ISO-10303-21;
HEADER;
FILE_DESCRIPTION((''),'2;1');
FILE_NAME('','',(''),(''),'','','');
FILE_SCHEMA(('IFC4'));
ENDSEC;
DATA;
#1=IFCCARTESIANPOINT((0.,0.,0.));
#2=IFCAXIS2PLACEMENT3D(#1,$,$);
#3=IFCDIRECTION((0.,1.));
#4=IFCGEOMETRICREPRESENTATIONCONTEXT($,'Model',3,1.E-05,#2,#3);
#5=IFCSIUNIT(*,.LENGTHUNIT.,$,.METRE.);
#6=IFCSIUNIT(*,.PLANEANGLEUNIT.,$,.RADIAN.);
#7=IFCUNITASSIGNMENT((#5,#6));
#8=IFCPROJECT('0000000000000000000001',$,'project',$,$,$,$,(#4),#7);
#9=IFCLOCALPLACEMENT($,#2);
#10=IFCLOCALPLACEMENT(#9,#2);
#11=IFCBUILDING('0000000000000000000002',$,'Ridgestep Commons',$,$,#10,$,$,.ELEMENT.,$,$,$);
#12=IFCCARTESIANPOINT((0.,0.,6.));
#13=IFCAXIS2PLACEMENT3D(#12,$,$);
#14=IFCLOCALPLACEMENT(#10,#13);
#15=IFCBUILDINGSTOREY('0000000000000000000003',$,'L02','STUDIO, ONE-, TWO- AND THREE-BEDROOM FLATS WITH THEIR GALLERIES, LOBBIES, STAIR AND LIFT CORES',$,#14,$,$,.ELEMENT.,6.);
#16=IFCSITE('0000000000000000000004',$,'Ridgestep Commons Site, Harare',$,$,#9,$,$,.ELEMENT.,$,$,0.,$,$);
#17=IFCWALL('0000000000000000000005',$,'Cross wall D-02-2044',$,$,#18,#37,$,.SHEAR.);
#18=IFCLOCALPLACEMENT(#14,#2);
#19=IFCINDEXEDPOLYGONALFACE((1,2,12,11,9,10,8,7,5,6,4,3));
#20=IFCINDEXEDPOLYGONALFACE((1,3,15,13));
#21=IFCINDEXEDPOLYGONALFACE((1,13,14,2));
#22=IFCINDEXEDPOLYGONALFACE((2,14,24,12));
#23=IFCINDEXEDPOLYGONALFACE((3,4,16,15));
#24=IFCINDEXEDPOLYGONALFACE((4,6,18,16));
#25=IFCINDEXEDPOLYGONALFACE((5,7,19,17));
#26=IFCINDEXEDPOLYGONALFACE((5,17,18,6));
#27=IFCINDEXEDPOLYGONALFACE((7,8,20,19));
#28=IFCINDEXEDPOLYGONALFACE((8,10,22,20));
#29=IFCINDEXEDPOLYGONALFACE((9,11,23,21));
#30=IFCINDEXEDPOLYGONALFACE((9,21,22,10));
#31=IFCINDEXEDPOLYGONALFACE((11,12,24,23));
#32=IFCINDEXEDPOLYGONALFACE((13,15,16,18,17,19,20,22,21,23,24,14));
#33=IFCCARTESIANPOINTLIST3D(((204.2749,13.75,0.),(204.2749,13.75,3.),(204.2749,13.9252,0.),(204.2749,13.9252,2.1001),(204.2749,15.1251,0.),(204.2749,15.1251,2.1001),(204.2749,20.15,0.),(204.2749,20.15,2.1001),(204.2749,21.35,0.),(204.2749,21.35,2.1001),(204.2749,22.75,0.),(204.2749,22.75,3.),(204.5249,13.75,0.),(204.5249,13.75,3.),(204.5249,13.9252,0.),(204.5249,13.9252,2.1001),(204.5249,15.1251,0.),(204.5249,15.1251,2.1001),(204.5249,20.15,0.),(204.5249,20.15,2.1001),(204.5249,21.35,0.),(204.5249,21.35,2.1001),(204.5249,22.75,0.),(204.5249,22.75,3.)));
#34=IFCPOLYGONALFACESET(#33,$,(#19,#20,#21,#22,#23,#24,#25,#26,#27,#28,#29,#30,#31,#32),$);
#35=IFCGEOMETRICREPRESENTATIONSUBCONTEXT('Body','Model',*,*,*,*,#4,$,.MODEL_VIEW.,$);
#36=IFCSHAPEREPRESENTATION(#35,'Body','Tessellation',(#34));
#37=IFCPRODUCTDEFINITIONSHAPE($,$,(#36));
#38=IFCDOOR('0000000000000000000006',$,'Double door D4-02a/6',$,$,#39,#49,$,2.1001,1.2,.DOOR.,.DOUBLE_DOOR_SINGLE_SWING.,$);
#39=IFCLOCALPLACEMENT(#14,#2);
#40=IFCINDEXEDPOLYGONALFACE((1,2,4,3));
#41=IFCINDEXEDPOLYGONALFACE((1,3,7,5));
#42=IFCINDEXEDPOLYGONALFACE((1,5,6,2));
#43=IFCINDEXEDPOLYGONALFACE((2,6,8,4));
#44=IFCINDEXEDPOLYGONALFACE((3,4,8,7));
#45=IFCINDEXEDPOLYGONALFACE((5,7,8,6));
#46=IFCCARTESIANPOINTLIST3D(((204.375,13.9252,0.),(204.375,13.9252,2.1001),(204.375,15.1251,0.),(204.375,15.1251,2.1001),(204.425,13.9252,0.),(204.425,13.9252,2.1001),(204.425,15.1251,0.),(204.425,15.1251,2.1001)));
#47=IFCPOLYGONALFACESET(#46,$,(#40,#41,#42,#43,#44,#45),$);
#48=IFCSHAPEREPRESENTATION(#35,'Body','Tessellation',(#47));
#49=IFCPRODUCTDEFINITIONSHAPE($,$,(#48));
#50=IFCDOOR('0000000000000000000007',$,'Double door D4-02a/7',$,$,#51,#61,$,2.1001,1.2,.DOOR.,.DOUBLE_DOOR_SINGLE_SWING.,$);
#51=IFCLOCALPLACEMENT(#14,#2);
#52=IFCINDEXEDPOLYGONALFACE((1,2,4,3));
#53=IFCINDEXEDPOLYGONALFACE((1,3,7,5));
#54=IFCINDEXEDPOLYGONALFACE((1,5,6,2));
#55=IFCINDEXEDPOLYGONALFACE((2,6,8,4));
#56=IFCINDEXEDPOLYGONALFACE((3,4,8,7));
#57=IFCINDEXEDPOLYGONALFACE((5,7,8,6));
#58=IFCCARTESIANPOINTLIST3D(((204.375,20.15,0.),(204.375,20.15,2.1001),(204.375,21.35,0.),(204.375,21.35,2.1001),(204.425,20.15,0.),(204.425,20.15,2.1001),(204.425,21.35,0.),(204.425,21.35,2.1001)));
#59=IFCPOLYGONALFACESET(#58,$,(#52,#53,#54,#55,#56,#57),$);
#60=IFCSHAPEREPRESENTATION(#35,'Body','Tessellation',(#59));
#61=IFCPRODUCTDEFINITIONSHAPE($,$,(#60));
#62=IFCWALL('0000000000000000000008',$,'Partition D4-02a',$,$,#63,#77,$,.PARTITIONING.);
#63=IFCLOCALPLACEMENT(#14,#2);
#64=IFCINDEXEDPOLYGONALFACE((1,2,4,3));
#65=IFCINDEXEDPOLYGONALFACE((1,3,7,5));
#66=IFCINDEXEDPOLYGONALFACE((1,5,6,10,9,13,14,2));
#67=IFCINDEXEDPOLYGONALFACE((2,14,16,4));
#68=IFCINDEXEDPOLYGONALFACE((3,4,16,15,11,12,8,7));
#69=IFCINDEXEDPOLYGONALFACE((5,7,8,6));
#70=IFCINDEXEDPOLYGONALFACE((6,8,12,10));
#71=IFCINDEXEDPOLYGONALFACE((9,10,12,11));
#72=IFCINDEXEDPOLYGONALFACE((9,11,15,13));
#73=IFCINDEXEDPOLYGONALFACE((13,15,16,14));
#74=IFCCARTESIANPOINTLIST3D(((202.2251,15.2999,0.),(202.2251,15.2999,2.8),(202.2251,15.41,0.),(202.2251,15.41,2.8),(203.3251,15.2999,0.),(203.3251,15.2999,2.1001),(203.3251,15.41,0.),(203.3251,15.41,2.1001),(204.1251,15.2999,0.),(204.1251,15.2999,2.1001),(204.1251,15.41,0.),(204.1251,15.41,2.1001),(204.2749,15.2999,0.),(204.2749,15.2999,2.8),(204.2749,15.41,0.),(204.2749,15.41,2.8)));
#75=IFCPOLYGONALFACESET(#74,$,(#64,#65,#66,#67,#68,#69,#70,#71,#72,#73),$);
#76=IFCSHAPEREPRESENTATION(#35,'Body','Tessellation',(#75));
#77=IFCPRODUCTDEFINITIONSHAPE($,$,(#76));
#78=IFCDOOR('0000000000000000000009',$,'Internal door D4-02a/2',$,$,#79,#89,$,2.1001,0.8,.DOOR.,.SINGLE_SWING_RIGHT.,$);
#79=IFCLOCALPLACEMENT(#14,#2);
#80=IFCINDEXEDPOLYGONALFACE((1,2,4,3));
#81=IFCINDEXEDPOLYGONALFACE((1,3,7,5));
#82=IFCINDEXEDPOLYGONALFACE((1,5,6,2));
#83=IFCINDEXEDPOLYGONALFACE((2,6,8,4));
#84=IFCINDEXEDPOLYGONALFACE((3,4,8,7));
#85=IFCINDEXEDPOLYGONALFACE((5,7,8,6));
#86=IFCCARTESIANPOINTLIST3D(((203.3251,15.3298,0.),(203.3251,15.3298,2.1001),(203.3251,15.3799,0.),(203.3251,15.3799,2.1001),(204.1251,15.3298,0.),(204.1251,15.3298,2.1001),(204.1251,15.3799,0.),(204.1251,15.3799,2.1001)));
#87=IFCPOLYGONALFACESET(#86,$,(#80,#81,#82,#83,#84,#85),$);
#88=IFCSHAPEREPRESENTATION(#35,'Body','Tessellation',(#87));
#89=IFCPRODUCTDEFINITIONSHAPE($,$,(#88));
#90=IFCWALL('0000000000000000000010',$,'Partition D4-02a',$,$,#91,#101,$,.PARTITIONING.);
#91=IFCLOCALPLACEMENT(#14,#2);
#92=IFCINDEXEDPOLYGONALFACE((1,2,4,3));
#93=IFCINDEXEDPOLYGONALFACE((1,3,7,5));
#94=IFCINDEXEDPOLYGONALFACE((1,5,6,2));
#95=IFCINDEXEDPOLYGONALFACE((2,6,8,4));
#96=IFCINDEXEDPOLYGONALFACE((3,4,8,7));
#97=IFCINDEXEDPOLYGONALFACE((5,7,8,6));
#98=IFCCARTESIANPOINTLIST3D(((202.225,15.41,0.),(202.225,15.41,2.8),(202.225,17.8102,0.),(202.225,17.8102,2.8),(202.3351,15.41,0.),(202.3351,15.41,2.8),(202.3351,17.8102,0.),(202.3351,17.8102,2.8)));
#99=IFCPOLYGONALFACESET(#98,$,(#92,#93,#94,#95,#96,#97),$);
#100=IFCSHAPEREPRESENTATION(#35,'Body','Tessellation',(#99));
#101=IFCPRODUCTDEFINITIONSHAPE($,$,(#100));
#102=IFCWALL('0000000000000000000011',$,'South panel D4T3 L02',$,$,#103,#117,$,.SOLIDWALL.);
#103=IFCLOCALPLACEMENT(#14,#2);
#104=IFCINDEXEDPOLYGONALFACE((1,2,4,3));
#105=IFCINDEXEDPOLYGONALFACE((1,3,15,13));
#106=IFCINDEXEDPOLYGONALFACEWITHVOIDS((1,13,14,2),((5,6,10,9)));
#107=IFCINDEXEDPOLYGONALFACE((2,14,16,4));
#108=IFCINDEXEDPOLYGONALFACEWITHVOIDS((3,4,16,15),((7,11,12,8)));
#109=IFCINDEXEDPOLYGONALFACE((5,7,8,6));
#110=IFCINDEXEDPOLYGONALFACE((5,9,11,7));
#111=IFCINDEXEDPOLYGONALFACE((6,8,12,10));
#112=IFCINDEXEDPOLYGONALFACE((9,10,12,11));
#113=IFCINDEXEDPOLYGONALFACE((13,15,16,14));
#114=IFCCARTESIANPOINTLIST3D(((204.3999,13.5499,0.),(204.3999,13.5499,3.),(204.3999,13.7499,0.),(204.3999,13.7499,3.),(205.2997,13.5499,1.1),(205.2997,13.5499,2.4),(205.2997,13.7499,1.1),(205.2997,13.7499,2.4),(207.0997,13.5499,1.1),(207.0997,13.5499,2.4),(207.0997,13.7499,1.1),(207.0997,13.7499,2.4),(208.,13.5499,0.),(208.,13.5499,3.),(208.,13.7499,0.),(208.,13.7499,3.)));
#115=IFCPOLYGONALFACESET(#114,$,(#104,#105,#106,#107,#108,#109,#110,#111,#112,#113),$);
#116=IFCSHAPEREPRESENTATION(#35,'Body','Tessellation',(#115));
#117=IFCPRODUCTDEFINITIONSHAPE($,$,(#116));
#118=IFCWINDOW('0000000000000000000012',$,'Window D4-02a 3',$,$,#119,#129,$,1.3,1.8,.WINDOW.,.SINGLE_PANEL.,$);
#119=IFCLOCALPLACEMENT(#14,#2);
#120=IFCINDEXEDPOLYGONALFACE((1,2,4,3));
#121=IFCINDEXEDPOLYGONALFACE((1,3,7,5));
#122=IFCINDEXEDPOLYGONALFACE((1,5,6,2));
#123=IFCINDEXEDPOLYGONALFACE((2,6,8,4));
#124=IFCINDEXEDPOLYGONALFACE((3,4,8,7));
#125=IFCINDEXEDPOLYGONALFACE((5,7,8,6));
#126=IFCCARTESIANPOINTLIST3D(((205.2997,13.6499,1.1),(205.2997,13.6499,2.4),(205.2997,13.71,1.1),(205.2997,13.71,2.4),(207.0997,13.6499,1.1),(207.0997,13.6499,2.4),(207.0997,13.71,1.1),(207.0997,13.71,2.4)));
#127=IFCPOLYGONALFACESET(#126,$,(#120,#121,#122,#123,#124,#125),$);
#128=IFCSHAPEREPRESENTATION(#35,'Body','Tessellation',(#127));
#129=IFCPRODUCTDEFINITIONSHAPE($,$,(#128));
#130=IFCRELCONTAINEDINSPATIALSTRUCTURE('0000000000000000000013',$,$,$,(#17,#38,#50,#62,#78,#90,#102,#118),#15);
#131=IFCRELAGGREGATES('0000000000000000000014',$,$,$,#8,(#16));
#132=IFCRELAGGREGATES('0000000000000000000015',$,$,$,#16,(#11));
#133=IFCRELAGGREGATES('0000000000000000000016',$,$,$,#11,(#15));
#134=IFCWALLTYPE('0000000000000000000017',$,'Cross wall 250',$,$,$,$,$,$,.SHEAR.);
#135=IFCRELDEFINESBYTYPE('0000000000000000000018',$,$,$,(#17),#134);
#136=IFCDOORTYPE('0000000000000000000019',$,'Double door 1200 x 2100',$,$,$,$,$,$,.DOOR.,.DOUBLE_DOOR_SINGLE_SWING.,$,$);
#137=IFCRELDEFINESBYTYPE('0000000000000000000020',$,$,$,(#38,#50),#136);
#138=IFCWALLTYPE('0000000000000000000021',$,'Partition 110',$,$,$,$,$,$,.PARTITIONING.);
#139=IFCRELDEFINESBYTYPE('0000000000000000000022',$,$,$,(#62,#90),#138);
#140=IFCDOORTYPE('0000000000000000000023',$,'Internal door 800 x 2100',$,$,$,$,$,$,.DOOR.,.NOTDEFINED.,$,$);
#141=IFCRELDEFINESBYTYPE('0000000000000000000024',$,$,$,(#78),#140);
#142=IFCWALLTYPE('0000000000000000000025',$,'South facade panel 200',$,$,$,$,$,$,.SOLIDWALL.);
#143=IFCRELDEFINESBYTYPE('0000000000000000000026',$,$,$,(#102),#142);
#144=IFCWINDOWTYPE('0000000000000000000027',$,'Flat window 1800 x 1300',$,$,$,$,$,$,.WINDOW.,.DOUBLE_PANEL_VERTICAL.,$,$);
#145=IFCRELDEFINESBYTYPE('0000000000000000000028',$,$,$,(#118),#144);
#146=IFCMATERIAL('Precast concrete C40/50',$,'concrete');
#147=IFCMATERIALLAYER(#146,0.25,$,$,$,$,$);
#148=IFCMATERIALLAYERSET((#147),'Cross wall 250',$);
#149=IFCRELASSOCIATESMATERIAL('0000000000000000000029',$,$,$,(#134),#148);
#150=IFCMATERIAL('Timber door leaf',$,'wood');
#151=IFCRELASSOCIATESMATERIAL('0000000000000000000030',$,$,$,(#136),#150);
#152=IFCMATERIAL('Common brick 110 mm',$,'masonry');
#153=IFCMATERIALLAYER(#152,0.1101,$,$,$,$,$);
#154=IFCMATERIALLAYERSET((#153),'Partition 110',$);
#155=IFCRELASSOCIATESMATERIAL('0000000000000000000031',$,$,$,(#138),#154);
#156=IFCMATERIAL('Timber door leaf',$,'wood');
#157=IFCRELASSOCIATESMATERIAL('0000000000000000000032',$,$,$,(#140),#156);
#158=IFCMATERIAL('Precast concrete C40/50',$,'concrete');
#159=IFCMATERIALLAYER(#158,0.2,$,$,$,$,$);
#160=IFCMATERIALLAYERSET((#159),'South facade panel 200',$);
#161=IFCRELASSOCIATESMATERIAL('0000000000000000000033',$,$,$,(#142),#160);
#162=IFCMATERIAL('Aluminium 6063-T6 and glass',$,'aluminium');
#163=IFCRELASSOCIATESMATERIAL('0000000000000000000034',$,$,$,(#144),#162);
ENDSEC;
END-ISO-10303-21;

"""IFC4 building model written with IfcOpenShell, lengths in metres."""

from ifc_helpers import new_model, si_unit, direction, frame, frame_2d, origin, place, context, subcontext, project, spatial, rectangle, extrude, material, layer, layer_set, type_object, element, fill, save


model = new_model("IFC4")

# Units and contexts
model_context = context("Model", 3, precision=1e-05, world=origin(), true_north=direction((0.0, 1.0)))
body_context = subcontext(model_context, "Body", "Model", "MODEL_VIEW")
ifc_project = project(units=[si_unit("LENGTHUNIT", "METRE"), si_unit("PLANEANGLEUNIT", "RADIAN")], contexts=[model_context])

# Site, building, storey
site_placement = place(None, origin())
site = spatial("IfcSite", under=ifc_project, at=site_placement, Name="Ridgestep Commons Site, Harare", CompositionType="ELEMENT", RefElevation=0.0)
building_placement = place(site_placement, origin())
building = spatial("IfcBuilding", under=site, at=building_placement, Name="Ridgestep Commons", CompositionType="ELEMENT")
storey_placement = place(building_placement, frame((0.0, 0.0, 6.0)))
storey = spatial("IfcBuildingStorey", under=building, at=storey_placement, Name="L02", Description="STUDIO, ONE-, TWO- AND THREE-BEDROOM FLATS WITH THEIR GALLERIES, LOBBIES, STAIR AND LIFT CORES", CompositionType="ELEMENT", Elevation=6.0)

# Wall, openings, doors
ifc_material_1 = material(Name="Precast concrete C40/50", Category="concrete")
ifc_layer_1 = layer(ifc_material_1, 0.25)
ifc_layer_set_1 = layer_set([ifc_layer_1], Name="Cross wall 250")
wall_type_1 = type_object("IfcWallType", Name="Cross wall 250", PredefinedType="SHEAR", material=ifc_layer_set_1)
wall_1_placement = place(storey_placement, frame((204.3999, 13.75, 0.0), z_axis=(0.0, 0.0, 1.0), x_axis=(0.0, 1.0, 0.0)))
wall_1 = element("IfcWall", 1, at=wall_1_placement, inside=storey, type_object=wall_type_1, Name="Cross wall D-02-2044", PredefinedType="SHEAR", context=body_context, shape_type="SweptSolid", body=[
    extrude(rectangle(XDim=9.0, YDim=0.25, at=frame_2d((4.5, 0.0))), origin(), (0.0, 0.0, 1.0), 3.0),
])
opening_1_placement = place(wall_1_placement, frame((0.175, 0.0, 0.0)))
opening_1 = element("IfcOpeningElement", 2, at=opening_1_placement, cuts=wall_1, PredefinedType="OPENING", context=body_context, shape_type="SweptSolid", body=[
    extrude(rectangle(XDim=1.2, YDim=2.1001, at=frame_2d((0.6001, 1.05))), frame((0.0, 0.135, 0.0), z_axis=(0.0, -1.0, 0.0), x_axis=(1.0, 0.0, 0.0)), (0.0, 0.0, 1.0), 0.27),
])
opening_2_placement = place(wall_1_placement, frame((6.3999, 0.0, 0.0)))
opening_2 = element("IfcOpeningElement", 3, at=opening_2_placement, cuts=wall_1, PredefinedType="OPENING", context=body_context, shape_type="SweptSolid", body=[
    extrude(rectangle(XDim=1.2, YDim=2.1001, at=frame_2d((0.6001, 1.05))), frame((0.0, 0.135, 0.0), z_axis=(0.0, -1.0, 0.0), x_axis=(1.0, 0.0, 0.0)), (0.0, 0.0, 1.0), 0.27),
])
ifc_material_2 = material(Name="Timber door leaf", Category="wood")
door_type_1 = type_object("IfcDoorType", Name="Double door 1200 x 2100", OperationType="DOUBLE_DOOR_SINGLE_SWING", PredefinedType="DOOR", material=ifc_material_2)
door_1_placement = place(opening_1_placement, origin())
door_1 = element("IfcDoor", 4, at=door_1_placement, inside=storey, type_object=door_type_1, Name="Double door D4-02a/6", OperationType="DOUBLE_DOOR_SINGLE_SWING", OverallHeight=2.1001, OverallWidth=1.2, PredefinedType="DOOR", context=body_context, shape_type="SweptSolid", body=[
    extrude(rectangle(XDim=1.2, YDim=2.1001, at=frame_2d((0.6001, 1.05))), frame((0.0, 0.0249, 0.0), z_axis=(0.0, -1.0, 0.0), x_axis=(1.0, 0.0, 0.0)), (0.0, 0.0, 1.0), 0.05),
])
fill(opening_1, door_1)
door_2_placement = place(opening_2_placement, origin())
door_2 = element("IfcDoor", 5, at=door_2_placement, inside=storey, type_object=door_type_1, Name="Double door D4-02a/7", OperationType="DOUBLE_DOOR_SINGLE_SWING", OverallHeight=2.1001, OverallWidth=1.2, PredefinedType="DOOR", context=body_context, shape_type="SweptSolid", body=[
    extrude(rectangle(XDim=1.2, YDim=2.1001, at=frame_2d((0.6001, 1.05))), frame((0.0, 0.0249, 0.0), z_axis=(0.0, -1.0, 0.0), x_axis=(1.0, 0.0, 0.0)), (0.0, 0.0, 1.0), 0.05),
])
fill(opening_2, door_2)

# Wall, opening, door
ifc_material_3 = material(Name="Common brick 110 mm", Category="masonry")
ifc_layer_2 = layer(ifc_material_3, 0.1101)
ifc_layer_set_2 = layer_set([ifc_layer_2], Name="Partition 110")
wall_type_2 = type_object("IfcWallType", Name="Partition 110", PredefinedType="PARTITIONING", material=ifc_layer_set_2)
wall_2_placement = place(storey_placement, frame((202.2251, 15.355, 0.0), z_axis=(0.0, 0.0, 1.0), x_axis=(1.0, 0.0, 0.0)))
wall_2 = element("IfcWall", 6, at=wall_2_placement, inside=storey, type_object=wall_type_2, Name="Partition D4-02a", PredefinedType="PARTITIONING", context=body_context, shape_type="SweptSolid", body=[
    extrude(rectangle(XDim=2.0498, YDim=0.1101, at=frame_2d((1.0249, 0.0))), origin(), (0.0, 0.0, 1.0), 2.8),
])
opening_3_placement = place(wall_2_placement, frame((1.1001, 0.0, 0.0)))
opening_3 = element("IfcOpeningElement", 7, at=opening_3_placement, cuts=wall_2, PredefinedType="OPENING", context=body_context, shape_type="SweptSolid", body=[
    extrude(rectangle(XDim=0.8, YDim=2.1001, at=frame_2d((0.3999, 1.05))), frame((0.0, 0.0649, 0.0), z_axis=(0.0, -1.0, 0.0), x_axis=(1.0, 0.0, 0.0)), (0.0, 0.0, 1.0), 0.1301),
])
ifc_material_4 = material(Name="Timber door leaf", Category="wood")
door_type_2 = type_object("IfcDoorType", Name="Internal door 800 x 2100", OperationType="NOTDEFINED", PredefinedType="DOOR", material=ifc_material_4)
door_3_placement = place(opening_3_placement, origin())
door_3 = element("IfcDoor", 8, at=door_3_placement, inside=storey, type_object=door_type_2, Name="Internal door D4-02a/2", OperationType="SINGLE_SWING_RIGHT", OverallHeight=2.1001, OverallWidth=0.8, PredefinedType="DOOR", context=body_context, shape_type="SweptSolid", body=[
    extrude(rectangle(XDim=0.8, YDim=2.1001, at=frame_2d((0.3999, 1.05))), frame((0.0, 0.0249, 0.0), z_axis=(0.0, -1.0, 0.0), x_axis=(1.0, 0.0, 0.0)), (0.0, 0.0, 1.0), 0.05),
])
fill(opening_3, door_3)

# Wall
wall_3_placement = place(storey_placement, frame((202.28, 15.4099, 0.0), z_axis=(0.0, 0.0, 1.0), x_axis=(0.0, 1.0, 0.0)))
element("IfcWall", 9, at=wall_3_placement, inside=storey, type_object=wall_type_2, Name="Partition D4-02a", PredefinedType="PARTITIONING", context=body_context, shape_type="SweptSolid", body=[
    extrude(rectangle(XDim=2.4001, YDim=0.1101, at=frame_2d((1.2002, 0.0))), origin(), (0.0, 0.0, 1.0), 2.8),
])

# Wall, opening, window
ifc_material_5 = material(Name="Precast concrete C40/50", Category="concrete")
ifc_layer_3 = layer(ifc_material_5, 0.2)
ifc_layer_set_3 = layer_set([ifc_layer_3], Name="South facade panel 200")
wall_type_3 = type_object("IfcWallType", Name="South facade panel 200", PredefinedType="SOLIDWALL", material=ifc_layer_set_3)
wall_4_placement = place(storey_placement, frame((204.3999, 13.6499, 0.0), z_axis=(0.0, 0.0, 1.0), x_axis=(1.0, 0.0, 0.0)))
wall_4 = element("IfcWall", 10, at=wall_4_placement, inside=storey, type_object=wall_type_3, Name="South panel D4T3 L02", PredefinedType="SOLIDWALL", context=body_context, shape_type="SweptSolid", body=[
    extrude(rectangle(XDim=3.6001, YDim=0.2, at=frame_2d((1.8, 0.0))), origin(), (0.0, 0.0, 1.0), 3.0),
])
opening_4_placement = place(wall_4_placement, frame((0.8999, 0.0, 1.1001)))
opening_4 = element("IfcOpeningElement", 11, at=opening_4_placement, cuts=wall_4, PredefinedType="OPENING", context=body_context, shape_type="SweptSolid", body=[
    extrude(rectangle(XDim=1.8, YDim=1.3, at=frame_2d((0.8999, 0.6499))), frame((0.0, 0.1099, 0.0), z_axis=(0.0, -1.0, 0.0), x_axis=(1.0, 0.0, 0.0)), (0.0, 0.0, 1.0), 0.22),
])
ifc_material_6 = material(Name="Aluminium 6063-T6 and glass", Category="aluminium")
window_type = type_object("IfcWindowType", Name="Flat window 1800 x 1300", PartitioningType="DOUBLE_PANEL_VERTICAL", PredefinedType="WINDOW", material=ifc_material_6)
window_placement = place(opening_4_placement, origin())
window = element("IfcWindow", 12, at=window_placement, inside=storey, type_object=window_type, Name="Window D4-02a 3", OverallHeight=1.3, OverallWidth=1.8, PartitioningType="SINGLE_PANEL", PredefinedType="WINDOW", context=body_context, shape_type="SweptSolid", body=[
    extrude(rectangle(XDim=1.8, YDim=1.3, at=frame_2d((0.8999, 0.6499))), frame((0.0, 0.0601, 0.0), z_axis=(0.0, -1.0, 0.0), x_axis=(1.0, 0.0, 0.0)), (0.0, 0.0, 1.0), 0.0601),
])
fill(opening_4, window)

save(model, "model.ifc")
